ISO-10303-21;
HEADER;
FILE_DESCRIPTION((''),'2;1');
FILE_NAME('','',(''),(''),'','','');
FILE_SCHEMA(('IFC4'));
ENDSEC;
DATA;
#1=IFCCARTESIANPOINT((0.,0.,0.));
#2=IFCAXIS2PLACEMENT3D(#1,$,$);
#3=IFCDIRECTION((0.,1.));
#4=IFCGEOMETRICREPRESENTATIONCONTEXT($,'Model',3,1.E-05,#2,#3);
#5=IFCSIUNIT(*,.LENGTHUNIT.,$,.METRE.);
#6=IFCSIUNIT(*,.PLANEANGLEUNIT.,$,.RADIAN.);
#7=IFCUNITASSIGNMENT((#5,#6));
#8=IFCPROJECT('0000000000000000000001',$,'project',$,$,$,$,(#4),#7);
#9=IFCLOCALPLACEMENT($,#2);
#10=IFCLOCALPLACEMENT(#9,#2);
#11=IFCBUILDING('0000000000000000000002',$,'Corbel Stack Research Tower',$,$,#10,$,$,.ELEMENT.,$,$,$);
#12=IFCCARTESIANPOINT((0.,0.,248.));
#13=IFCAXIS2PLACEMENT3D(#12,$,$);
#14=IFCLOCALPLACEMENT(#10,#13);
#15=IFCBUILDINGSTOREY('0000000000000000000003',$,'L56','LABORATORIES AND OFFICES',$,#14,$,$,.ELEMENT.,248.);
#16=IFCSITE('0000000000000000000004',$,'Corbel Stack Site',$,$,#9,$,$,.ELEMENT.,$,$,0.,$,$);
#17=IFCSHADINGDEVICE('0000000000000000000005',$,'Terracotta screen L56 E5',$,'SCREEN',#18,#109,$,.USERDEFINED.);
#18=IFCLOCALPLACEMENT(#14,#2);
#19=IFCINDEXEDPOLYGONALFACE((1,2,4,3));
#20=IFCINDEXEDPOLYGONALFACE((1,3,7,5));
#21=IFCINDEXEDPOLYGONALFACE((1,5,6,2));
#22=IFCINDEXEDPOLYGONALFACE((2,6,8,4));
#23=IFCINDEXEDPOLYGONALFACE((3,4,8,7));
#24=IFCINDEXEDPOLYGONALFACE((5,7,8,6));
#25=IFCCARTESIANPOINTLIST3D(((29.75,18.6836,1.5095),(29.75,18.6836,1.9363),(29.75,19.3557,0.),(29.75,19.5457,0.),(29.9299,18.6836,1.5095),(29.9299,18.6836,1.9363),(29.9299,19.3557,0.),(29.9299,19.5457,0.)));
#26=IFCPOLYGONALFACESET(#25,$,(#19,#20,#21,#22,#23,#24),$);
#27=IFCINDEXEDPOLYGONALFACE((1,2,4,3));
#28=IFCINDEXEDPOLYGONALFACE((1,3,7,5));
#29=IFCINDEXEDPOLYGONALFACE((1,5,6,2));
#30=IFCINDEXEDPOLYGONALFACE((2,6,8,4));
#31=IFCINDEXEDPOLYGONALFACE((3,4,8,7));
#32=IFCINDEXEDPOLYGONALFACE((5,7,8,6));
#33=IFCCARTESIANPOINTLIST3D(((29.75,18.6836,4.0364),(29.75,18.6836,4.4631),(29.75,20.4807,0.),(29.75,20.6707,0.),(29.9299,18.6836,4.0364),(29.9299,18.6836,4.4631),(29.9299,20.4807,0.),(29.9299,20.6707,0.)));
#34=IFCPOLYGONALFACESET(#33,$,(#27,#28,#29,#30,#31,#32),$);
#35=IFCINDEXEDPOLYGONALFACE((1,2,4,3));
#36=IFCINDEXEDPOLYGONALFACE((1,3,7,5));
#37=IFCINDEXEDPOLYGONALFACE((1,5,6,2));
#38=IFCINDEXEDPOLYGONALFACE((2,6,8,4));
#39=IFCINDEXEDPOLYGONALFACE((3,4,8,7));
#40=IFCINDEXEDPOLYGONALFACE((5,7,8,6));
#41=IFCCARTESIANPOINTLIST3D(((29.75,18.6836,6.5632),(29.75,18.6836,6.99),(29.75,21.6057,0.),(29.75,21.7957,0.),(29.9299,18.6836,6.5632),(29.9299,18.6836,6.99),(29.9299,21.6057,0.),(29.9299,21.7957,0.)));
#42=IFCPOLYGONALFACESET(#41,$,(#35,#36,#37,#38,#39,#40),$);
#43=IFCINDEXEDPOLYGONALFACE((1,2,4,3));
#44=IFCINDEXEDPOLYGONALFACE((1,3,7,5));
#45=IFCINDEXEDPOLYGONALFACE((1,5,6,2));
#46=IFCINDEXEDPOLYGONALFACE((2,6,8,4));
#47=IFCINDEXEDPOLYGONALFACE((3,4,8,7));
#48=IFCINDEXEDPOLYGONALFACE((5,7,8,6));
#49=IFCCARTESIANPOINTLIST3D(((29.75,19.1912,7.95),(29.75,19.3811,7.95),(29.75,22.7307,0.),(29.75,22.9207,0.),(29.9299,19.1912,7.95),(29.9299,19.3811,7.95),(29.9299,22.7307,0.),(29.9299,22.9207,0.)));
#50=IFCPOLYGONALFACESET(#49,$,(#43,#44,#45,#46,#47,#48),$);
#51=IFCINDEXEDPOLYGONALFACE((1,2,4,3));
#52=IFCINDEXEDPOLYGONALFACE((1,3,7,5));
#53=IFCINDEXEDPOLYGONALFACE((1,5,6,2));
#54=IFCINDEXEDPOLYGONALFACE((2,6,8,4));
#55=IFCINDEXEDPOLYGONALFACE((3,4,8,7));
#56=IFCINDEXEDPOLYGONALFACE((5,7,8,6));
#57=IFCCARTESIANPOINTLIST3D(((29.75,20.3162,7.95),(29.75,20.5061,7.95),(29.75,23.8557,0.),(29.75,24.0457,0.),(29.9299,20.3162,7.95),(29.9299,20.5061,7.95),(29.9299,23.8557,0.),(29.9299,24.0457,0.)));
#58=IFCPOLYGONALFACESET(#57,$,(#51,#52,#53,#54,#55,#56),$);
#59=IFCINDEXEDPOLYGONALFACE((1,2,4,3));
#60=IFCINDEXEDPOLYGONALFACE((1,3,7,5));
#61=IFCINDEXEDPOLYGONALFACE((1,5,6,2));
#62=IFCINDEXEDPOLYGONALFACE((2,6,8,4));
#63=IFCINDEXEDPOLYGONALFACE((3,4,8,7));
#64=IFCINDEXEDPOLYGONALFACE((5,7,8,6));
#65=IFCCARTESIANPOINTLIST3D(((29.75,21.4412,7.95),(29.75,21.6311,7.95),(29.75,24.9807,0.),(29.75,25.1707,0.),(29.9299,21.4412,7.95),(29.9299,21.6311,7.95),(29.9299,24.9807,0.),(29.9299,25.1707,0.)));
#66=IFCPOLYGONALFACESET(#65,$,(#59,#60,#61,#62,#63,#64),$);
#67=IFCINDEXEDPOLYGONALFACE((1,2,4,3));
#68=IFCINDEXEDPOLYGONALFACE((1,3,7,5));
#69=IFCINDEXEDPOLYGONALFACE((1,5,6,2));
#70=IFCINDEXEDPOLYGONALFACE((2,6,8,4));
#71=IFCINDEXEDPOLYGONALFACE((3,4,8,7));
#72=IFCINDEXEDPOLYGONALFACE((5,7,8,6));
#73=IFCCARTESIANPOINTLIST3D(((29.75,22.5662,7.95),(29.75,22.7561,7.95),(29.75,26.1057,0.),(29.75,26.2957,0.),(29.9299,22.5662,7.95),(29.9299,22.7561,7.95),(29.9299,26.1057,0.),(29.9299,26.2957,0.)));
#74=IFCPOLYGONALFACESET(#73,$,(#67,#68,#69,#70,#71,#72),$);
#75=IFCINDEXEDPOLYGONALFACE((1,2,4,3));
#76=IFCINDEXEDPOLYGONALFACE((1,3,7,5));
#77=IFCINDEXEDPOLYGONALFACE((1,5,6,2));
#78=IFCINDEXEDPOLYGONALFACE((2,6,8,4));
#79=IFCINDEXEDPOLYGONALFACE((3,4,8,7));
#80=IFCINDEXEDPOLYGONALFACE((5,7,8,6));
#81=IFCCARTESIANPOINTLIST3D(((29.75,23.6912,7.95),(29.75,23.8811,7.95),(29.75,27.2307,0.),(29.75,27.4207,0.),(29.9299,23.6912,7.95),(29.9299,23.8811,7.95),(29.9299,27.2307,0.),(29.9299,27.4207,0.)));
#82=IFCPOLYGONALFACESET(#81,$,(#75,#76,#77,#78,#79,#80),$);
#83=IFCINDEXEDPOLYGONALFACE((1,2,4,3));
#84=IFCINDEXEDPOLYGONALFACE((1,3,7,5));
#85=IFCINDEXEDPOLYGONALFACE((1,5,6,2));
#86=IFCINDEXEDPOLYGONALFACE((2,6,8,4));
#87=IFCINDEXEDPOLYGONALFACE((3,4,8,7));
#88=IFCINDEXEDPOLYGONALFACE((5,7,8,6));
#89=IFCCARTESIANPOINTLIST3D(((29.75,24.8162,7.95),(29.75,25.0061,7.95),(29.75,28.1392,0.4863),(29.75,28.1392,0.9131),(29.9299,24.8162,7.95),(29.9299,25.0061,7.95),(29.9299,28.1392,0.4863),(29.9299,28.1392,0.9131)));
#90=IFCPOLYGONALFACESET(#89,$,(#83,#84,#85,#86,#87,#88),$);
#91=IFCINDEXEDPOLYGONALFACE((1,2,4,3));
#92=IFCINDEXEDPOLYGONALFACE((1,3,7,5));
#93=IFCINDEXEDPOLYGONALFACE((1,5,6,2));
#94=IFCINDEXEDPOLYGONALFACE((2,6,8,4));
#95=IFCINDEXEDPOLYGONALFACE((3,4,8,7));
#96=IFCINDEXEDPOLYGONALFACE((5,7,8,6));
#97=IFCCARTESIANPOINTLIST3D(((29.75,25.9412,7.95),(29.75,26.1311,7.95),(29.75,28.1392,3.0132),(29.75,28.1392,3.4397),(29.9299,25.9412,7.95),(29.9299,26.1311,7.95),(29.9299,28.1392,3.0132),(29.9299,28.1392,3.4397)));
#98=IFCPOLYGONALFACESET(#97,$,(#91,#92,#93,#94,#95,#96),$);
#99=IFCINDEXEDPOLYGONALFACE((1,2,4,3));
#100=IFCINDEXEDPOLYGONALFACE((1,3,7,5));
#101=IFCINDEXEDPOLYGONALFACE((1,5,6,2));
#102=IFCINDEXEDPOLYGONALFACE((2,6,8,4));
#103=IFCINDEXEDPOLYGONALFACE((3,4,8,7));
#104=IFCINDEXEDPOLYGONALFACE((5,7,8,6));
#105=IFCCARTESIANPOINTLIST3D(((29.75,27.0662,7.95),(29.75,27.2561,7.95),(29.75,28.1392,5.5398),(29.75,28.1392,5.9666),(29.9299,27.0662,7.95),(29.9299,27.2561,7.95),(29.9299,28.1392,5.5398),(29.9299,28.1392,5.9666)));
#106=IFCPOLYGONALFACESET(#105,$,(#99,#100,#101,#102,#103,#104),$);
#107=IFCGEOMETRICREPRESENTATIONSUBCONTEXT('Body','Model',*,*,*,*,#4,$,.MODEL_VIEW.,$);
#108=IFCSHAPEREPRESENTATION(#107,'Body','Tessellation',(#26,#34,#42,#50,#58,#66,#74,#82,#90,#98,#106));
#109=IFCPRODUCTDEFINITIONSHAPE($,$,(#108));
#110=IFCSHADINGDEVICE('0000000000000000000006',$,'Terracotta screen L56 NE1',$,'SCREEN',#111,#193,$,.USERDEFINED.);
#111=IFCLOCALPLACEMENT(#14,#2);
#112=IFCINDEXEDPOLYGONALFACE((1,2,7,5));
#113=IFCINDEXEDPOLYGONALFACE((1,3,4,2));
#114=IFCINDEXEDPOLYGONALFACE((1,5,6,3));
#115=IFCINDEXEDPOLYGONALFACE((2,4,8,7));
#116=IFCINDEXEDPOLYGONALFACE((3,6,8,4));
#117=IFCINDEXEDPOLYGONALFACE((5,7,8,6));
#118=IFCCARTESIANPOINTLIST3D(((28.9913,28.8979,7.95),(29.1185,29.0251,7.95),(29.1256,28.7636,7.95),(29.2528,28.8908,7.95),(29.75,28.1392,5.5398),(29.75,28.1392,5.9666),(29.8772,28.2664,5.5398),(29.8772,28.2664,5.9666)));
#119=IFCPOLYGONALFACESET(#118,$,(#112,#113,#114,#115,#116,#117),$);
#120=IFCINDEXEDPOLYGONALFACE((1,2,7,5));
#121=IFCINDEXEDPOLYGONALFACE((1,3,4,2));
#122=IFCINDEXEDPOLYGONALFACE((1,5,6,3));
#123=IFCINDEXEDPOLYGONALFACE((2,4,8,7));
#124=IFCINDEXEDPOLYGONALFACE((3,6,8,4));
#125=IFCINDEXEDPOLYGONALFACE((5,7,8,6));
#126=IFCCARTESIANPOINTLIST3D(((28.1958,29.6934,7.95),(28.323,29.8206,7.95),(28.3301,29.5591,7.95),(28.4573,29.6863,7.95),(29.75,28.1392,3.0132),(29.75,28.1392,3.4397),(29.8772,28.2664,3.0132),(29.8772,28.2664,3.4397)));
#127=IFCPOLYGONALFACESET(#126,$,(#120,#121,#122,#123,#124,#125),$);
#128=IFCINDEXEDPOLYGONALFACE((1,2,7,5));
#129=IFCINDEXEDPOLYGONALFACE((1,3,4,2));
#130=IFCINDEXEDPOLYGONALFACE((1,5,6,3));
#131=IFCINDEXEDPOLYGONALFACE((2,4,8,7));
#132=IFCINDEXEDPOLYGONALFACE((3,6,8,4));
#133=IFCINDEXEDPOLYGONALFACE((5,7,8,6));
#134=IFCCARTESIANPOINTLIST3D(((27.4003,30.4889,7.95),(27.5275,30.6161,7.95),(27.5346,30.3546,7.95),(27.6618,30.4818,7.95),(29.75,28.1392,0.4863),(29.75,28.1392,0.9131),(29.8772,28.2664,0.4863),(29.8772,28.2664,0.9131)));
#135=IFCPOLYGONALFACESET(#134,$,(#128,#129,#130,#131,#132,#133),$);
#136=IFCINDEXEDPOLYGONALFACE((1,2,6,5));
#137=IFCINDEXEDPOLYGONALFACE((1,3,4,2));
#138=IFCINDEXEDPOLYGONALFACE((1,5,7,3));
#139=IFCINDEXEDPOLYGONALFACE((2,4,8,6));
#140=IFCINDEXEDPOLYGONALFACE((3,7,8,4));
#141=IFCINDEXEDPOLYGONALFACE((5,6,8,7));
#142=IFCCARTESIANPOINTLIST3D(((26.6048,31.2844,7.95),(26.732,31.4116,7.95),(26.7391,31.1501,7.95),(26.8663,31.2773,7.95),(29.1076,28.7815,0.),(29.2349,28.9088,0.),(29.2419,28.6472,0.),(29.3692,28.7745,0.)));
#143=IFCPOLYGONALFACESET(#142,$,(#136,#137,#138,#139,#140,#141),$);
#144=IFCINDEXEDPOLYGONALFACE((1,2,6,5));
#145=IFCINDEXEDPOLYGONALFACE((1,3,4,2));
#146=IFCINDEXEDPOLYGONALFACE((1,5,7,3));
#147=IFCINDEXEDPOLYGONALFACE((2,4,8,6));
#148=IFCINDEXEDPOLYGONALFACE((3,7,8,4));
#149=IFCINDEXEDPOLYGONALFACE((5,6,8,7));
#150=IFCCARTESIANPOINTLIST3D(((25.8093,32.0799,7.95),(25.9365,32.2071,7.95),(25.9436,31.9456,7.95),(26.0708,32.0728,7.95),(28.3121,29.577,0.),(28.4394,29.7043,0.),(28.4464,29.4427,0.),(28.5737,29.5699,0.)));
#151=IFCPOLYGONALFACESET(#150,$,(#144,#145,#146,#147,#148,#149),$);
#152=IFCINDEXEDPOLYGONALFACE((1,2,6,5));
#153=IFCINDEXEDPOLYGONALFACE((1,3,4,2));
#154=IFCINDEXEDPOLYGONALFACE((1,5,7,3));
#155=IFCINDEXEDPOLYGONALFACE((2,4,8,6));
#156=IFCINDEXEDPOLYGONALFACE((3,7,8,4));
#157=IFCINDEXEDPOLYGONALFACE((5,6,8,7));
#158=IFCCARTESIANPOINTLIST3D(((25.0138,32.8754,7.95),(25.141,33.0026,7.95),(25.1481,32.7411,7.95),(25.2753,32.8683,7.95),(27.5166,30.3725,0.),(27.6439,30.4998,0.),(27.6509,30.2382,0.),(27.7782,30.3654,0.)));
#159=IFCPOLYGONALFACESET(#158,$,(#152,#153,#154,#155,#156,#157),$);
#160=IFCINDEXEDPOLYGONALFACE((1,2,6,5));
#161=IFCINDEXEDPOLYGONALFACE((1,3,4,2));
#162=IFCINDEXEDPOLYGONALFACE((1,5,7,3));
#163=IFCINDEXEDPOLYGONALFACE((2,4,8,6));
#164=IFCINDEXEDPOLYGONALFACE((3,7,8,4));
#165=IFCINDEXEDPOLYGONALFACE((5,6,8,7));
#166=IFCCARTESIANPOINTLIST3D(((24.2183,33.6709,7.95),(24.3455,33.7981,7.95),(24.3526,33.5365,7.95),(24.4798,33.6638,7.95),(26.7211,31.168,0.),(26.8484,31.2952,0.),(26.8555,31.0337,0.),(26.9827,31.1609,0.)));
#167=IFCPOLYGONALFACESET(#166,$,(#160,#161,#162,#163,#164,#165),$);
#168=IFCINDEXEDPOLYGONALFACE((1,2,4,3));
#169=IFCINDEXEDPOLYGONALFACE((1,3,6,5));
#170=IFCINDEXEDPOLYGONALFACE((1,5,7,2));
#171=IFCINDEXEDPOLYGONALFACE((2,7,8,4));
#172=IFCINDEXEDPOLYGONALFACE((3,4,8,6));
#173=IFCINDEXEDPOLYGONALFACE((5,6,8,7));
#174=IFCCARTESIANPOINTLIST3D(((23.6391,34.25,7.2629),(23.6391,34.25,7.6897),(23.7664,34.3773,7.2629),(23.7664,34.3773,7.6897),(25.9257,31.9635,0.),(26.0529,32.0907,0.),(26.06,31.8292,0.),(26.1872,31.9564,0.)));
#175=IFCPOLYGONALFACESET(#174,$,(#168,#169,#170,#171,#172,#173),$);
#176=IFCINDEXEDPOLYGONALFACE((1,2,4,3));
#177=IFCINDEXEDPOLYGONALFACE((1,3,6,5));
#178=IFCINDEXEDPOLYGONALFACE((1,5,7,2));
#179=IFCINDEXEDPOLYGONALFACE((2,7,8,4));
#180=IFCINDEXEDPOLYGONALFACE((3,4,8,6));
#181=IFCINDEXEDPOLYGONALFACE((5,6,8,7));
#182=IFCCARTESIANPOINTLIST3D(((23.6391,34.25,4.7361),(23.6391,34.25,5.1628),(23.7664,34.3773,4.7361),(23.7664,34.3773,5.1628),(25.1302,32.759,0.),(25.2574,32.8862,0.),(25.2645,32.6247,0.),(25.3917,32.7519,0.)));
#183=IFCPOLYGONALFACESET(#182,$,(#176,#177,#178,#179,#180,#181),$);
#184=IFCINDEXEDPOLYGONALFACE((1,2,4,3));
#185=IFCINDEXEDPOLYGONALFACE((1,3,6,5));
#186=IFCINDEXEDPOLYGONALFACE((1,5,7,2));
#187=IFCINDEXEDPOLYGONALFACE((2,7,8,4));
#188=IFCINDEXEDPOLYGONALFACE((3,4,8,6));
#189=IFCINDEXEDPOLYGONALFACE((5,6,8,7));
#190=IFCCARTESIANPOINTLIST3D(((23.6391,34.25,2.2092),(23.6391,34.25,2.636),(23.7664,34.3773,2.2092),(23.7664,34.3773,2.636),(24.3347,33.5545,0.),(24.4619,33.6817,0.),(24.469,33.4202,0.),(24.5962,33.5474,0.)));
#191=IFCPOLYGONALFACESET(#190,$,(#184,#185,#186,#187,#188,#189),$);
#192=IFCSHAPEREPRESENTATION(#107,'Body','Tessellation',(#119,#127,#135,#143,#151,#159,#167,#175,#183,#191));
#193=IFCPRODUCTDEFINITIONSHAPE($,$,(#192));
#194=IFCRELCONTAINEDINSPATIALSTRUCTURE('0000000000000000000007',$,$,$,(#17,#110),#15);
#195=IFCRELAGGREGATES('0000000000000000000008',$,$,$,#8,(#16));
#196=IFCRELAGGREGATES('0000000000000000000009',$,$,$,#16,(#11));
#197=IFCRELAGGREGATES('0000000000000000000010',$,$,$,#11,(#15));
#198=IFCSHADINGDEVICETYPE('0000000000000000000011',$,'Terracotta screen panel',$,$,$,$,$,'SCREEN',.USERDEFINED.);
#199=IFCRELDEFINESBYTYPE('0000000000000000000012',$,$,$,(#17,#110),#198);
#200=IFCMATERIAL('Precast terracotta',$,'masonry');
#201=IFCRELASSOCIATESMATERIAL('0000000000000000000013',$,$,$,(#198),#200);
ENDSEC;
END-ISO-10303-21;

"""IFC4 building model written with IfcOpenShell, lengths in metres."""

from ifc_helpers import new_model, si_unit, direction, frame, origin, place, context, subcontext, project, spatial, polyline, outline, extrude, source, transform, mapped, material, type_object, element, save


model = new_model("IFC4")

# Units and contexts
model_context = context("Model", 3, precision=1e-05, world=origin(), true_north=direction((0.0, 1.0)))
body_context = subcontext(model_context, "Body", "Model", "MODEL_VIEW")
ifc_project = project(units=[si_unit("LENGTHUNIT", "METRE"), si_unit("PLANEANGLEUNIT", "RADIAN")], contexts=[model_context])

# Site, building, storey
site_placement = place(None, origin())
site = spatial("IfcSite", under=ifc_project, at=site_placement, Name="Corbel Stack Site", CompositionType="ELEMENT", RefElevation=0.0)
building_placement = place(site_placement, origin())
building = spatial("IfcBuilding", under=site, at=building_placement, Name="Corbel Stack Research Tower", CompositionType="ELEMENT")
storey_placement = place(building_placement, frame((0.0, 0.0, 248.0)))
storey = spatial("IfcBuildingStorey", under=building, at=storey_placement, Name="L56", Description="LABORATORIES AND OFFICES", CompositionType="ELEMENT", Elevation=248.0)

# Shading devices
ifc_material_1 = material(Name="Precast terracotta", Category="masonry")
shading_device_type = type_object("IfcShadingDeviceType", Name="Terracotta screen panel", ElementType="SCREEN", PredefinedType="USERDEFINED", material=ifc_material_1)
shared_shape_1 = source(origin(), body_context, "Body", "SweptSolid", [
    extrude(outline(polyline([(0.8621, 0.0), (0.0, 1.9363), (0.0, 1.5095), (0.6721, 0.0), (0.8621, 0.0)])), frame((0.0, 0.0, 0.0), z_axis=(0.0, -1.0, 0.0), x_axis=(1.0, 0.0, 0.0)), (0.0, 0.0, 1.0), 0.1799),
    extrude(outline(polyline([(1.9871, 0.0), (0.0, 4.4631), (0.0, 4.0364), (1.7971, 0.0), (1.9871, 0.0)])), frame((0.0, 0.0, 0.0), z_axis=(0.0, -1.0, 0.0), x_axis=(1.0, 0.0, 0.0)), (0.0, 0.0, 1.0), 0.1799),
    extrude(outline(polyline([(3.1121, 0.0), (0.0, 6.99), (0.0, 6.5632), (2.9221, 0.0), (3.1121, 0.0)])), frame((0.0, 0.0, 0.0), z_axis=(0.0, -1.0, 0.0), x_axis=(1.0, 0.0, 0.0)), (0.0, 0.0, 1.0), 0.1799),
    extrude(outline(polyline([(4.2371, 0.0), (0.6975, 7.95), (0.5076, 7.95), (4.0471, 0.0), (4.2371, 0.0)])), frame((0.0, 0.0, 0.0), z_axis=(0.0, -1.0, 0.0), x_axis=(1.0, 0.0, 0.0)), (0.0, 0.0, 1.0), 0.1799),
    extrude(outline(polyline([(5.3621, 0.0), (1.8225, 7.95), (1.6326, 7.95), (5.1721, 0.0), (5.3621, 0.0)])), frame((0.0, 0.0, 0.0), z_axis=(0.0, -1.0, 0.0), x_axis=(1.0, 0.0, 0.0)), (0.0, 0.0, 1.0), 0.1799),
    extrude(outline(polyline([(6.4871, 0.0), (2.9475, 7.95), (2.7576, 7.95), (6.2971, 0.0), (6.4871, 0.0)])), frame((0.0, 0.0, 0.0), z_axis=(0.0, -1.0, 0.0), x_axis=(1.0, 0.0, 0.0)), (0.0, 0.0, 1.0), 0.1799),
    extrude(outline(polyline([(7.6121, 0.0), (4.0725, 7.95), (3.8826, 7.95), (7.4221, 0.0), (7.6121, 0.0)])), frame((0.0, 0.0, 0.0), z_axis=(0.0, -1.0, 0.0), x_axis=(1.0, 0.0, 0.0)), (0.0, 0.0, 1.0), 0.1799),
    extrude(outline(polyline([(8.7371, 0.0), (5.1975, 7.95), (5.0076, 7.95), (8.5471, 0.0), (8.7371, 0.0)])), frame((0.0, 0.0, 0.0), z_axis=(0.0, -1.0, 0.0), x_axis=(1.0, 0.0, 0.0)), (0.0, 0.0, 1.0), 0.1799),
    extrude(outline(polyline([(6.3225, 7.95), (6.1326, 7.95), (9.4556, 0.4863), (9.4556, 0.9131), (6.3225, 7.95)])), frame((0.0, 0.0, 0.0), z_axis=(0.0, -1.0, 0.0), x_axis=(1.0, 0.0, 0.0)), (0.0, 0.0, 1.0), 0.1799),
    extrude(outline(polyline([(7.4475, 7.95), (7.2576, 7.95), (9.4556, 3.0132), (9.4556, 3.4397), (7.4475, 7.95)])), frame((0.0, 0.0, 0.0), z_axis=(0.0, -1.0, 0.0), x_axis=(1.0, 0.0, 0.0)), (0.0, 0.0, 1.0), 0.1799),
    extrude(outline(polyline([(8.5725, 7.95), (8.3826, 7.95), (9.4556, 5.5398), (9.4556, 5.9666), (8.5725, 7.95)])), frame((0.0, 0.0, 0.0), z_axis=(0.0, -1.0, 0.0), x_axis=(1.0, 0.0, 0.0)), (0.0, 0.0, 1.0), 0.1799),
])
shading_device_1_placement = place(storey_placement, frame((29.75, 18.6836, 0.0), z_axis=(0.0, 0.0, 1.0), x_axis=(0.0, 1.0, 0.0)))
element("IfcShadingDevice", 1, at=shading_device_1_placement, inside=storey, type_object=shading_device_type, Name="Terracotta screen L56 E5", ObjectType="SCREEN", PredefinedType="USERDEFINED", context=body_context, shape_type="MappedRepresentation", body=[
    mapped(shared_shape_1, transform((0.0, 0.0, 0.0))),
])
shared_shape_2 = source(origin(), body_context, "Body", "SweptSolid", [
    extrude(outline(polyline([(1.073, 7.95), (0.8831, 7.95), (0.0, 5.9666), (0.0, 5.5398), (1.073, 7.95)])), frame((0.0, 0.0, 0.0), z_axis=(0.0, -1.0, 0.0), x_axis=(1.0, 0.0, 0.0)), (0.0, 0.0, 1.0), 0.1799),
    extrude(outline(polyline([(2.198, 7.95), (2.0081, 7.95), (0.0, 3.4397), (0.0, 3.0132), (2.198, 7.95)])), frame((0.0, 0.0, 0.0), z_axis=(0.0, -1.0, 0.0), x_axis=(1.0, 0.0, 0.0)), (0.0, 0.0, 1.0), 0.1799),
    extrude(outline(polyline([(3.323, 7.95), (3.1331, 7.95), (0.0, 0.9131), (0.0, 0.4863), (3.323, 7.95)])), frame((0.0, 0.0, 0.0), z_axis=(0.0, -1.0, 0.0), x_axis=(1.0, 0.0, 0.0)), (0.0, 0.0, 1.0), 0.1799),
    extrude(outline(polyline([(0.9084, 0.0), (4.448, 7.95), (4.2581, 7.95), (0.7185, 0.0), (0.9084, 0.0)])), frame((0.0, 0.0, 0.0), z_axis=(0.0, -1.0, 0.0), x_axis=(1.0, 0.0, 0.0)), (0.0, 0.0, 1.0), 0.1799),
    extrude(outline(polyline([(2.0334, 0.0), (5.573, 7.95), (5.3831, 7.95), (1.8435, 0.0), (2.0334, 0.0)])), frame((0.0, 0.0, 0.0), z_axis=(0.0, -1.0, 0.0), x_axis=(1.0, 0.0, 0.0)), (0.0, 0.0, 1.0), 0.1799),
    extrude(outline(polyline([(3.1584, 0.0), (6.698, 7.95), (6.5081, 7.95), (2.9685, 0.0), (3.1584, 0.0)])), frame((0.0, 0.0, 0.0), z_axis=(0.0, -1.0, 0.0), x_axis=(1.0, 0.0, 0.0)), (0.0, 0.0, 1.0), 0.1799),
    extrude(outline(polyline([(4.2834, 0.0), (7.823, 7.95), (7.6331, 7.95), (4.0935, 0.0), (4.2834, 0.0)])), frame((0.0, 0.0, 0.0), z_axis=(0.0, -1.0, 0.0), x_axis=(1.0, 0.0, 0.0)), (0.0, 0.0, 1.0), 0.1799),
    extrude(outline(polyline([(5.4084, 0.0), (8.6421, 7.2629), (8.6421, 7.6897), (5.2185, 0.0), (5.4084, 0.0)])), frame((0.0, 0.0, 0.0), z_axis=(0.0, -1.0, 0.0), x_axis=(1.0, 0.0, 0.0)), (0.0, 0.0, 1.0), 0.1799),
    extrude(outline(polyline([(6.5334, 0.0), (8.6421, 4.7361), (8.6421, 5.1628), (6.3435, 0.0), (6.5334, 0.0)])), frame((0.0, 0.0, 0.0), z_axis=(0.0, -1.0, 0.0), x_axis=(1.0, 0.0, 0.0)), (0.0, 0.0, 1.0), 0.1799),
    extrude(outline(polyline([(7.6584, 0.0), (8.6421, 2.2092), (8.6421, 2.636), (7.4685, 0.0), (7.6584, 0.0)])), frame((0.0, 0.0, 0.0), z_axis=(0.0, -1.0, 0.0), x_axis=(1.0, 0.0, 0.0)), (0.0, 0.0, 1.0), 0.1799),
])
shading_device_2_placement = place(storey_placement, frame((29.75, 28.1392, 0.0), z_axis=(0.0, 0.0, 1.0), x_axis=(-0.707107, 0.707107, 0.0)))
element("IfcShadingDevice", 2, at=shading_device_2_placement, inside=storey, type_object=shading_device_type, Name="Terracotta screen L56 NE1", ObjectType="SCREEN", PredefinedType="USERDEFINED", context=body_context, shape_type="MappedRepresentation", body=[
    mapped(shared_shape_2, transform((0.0, 0.0, 0.0))),
])

save(model, "model.ifc")
